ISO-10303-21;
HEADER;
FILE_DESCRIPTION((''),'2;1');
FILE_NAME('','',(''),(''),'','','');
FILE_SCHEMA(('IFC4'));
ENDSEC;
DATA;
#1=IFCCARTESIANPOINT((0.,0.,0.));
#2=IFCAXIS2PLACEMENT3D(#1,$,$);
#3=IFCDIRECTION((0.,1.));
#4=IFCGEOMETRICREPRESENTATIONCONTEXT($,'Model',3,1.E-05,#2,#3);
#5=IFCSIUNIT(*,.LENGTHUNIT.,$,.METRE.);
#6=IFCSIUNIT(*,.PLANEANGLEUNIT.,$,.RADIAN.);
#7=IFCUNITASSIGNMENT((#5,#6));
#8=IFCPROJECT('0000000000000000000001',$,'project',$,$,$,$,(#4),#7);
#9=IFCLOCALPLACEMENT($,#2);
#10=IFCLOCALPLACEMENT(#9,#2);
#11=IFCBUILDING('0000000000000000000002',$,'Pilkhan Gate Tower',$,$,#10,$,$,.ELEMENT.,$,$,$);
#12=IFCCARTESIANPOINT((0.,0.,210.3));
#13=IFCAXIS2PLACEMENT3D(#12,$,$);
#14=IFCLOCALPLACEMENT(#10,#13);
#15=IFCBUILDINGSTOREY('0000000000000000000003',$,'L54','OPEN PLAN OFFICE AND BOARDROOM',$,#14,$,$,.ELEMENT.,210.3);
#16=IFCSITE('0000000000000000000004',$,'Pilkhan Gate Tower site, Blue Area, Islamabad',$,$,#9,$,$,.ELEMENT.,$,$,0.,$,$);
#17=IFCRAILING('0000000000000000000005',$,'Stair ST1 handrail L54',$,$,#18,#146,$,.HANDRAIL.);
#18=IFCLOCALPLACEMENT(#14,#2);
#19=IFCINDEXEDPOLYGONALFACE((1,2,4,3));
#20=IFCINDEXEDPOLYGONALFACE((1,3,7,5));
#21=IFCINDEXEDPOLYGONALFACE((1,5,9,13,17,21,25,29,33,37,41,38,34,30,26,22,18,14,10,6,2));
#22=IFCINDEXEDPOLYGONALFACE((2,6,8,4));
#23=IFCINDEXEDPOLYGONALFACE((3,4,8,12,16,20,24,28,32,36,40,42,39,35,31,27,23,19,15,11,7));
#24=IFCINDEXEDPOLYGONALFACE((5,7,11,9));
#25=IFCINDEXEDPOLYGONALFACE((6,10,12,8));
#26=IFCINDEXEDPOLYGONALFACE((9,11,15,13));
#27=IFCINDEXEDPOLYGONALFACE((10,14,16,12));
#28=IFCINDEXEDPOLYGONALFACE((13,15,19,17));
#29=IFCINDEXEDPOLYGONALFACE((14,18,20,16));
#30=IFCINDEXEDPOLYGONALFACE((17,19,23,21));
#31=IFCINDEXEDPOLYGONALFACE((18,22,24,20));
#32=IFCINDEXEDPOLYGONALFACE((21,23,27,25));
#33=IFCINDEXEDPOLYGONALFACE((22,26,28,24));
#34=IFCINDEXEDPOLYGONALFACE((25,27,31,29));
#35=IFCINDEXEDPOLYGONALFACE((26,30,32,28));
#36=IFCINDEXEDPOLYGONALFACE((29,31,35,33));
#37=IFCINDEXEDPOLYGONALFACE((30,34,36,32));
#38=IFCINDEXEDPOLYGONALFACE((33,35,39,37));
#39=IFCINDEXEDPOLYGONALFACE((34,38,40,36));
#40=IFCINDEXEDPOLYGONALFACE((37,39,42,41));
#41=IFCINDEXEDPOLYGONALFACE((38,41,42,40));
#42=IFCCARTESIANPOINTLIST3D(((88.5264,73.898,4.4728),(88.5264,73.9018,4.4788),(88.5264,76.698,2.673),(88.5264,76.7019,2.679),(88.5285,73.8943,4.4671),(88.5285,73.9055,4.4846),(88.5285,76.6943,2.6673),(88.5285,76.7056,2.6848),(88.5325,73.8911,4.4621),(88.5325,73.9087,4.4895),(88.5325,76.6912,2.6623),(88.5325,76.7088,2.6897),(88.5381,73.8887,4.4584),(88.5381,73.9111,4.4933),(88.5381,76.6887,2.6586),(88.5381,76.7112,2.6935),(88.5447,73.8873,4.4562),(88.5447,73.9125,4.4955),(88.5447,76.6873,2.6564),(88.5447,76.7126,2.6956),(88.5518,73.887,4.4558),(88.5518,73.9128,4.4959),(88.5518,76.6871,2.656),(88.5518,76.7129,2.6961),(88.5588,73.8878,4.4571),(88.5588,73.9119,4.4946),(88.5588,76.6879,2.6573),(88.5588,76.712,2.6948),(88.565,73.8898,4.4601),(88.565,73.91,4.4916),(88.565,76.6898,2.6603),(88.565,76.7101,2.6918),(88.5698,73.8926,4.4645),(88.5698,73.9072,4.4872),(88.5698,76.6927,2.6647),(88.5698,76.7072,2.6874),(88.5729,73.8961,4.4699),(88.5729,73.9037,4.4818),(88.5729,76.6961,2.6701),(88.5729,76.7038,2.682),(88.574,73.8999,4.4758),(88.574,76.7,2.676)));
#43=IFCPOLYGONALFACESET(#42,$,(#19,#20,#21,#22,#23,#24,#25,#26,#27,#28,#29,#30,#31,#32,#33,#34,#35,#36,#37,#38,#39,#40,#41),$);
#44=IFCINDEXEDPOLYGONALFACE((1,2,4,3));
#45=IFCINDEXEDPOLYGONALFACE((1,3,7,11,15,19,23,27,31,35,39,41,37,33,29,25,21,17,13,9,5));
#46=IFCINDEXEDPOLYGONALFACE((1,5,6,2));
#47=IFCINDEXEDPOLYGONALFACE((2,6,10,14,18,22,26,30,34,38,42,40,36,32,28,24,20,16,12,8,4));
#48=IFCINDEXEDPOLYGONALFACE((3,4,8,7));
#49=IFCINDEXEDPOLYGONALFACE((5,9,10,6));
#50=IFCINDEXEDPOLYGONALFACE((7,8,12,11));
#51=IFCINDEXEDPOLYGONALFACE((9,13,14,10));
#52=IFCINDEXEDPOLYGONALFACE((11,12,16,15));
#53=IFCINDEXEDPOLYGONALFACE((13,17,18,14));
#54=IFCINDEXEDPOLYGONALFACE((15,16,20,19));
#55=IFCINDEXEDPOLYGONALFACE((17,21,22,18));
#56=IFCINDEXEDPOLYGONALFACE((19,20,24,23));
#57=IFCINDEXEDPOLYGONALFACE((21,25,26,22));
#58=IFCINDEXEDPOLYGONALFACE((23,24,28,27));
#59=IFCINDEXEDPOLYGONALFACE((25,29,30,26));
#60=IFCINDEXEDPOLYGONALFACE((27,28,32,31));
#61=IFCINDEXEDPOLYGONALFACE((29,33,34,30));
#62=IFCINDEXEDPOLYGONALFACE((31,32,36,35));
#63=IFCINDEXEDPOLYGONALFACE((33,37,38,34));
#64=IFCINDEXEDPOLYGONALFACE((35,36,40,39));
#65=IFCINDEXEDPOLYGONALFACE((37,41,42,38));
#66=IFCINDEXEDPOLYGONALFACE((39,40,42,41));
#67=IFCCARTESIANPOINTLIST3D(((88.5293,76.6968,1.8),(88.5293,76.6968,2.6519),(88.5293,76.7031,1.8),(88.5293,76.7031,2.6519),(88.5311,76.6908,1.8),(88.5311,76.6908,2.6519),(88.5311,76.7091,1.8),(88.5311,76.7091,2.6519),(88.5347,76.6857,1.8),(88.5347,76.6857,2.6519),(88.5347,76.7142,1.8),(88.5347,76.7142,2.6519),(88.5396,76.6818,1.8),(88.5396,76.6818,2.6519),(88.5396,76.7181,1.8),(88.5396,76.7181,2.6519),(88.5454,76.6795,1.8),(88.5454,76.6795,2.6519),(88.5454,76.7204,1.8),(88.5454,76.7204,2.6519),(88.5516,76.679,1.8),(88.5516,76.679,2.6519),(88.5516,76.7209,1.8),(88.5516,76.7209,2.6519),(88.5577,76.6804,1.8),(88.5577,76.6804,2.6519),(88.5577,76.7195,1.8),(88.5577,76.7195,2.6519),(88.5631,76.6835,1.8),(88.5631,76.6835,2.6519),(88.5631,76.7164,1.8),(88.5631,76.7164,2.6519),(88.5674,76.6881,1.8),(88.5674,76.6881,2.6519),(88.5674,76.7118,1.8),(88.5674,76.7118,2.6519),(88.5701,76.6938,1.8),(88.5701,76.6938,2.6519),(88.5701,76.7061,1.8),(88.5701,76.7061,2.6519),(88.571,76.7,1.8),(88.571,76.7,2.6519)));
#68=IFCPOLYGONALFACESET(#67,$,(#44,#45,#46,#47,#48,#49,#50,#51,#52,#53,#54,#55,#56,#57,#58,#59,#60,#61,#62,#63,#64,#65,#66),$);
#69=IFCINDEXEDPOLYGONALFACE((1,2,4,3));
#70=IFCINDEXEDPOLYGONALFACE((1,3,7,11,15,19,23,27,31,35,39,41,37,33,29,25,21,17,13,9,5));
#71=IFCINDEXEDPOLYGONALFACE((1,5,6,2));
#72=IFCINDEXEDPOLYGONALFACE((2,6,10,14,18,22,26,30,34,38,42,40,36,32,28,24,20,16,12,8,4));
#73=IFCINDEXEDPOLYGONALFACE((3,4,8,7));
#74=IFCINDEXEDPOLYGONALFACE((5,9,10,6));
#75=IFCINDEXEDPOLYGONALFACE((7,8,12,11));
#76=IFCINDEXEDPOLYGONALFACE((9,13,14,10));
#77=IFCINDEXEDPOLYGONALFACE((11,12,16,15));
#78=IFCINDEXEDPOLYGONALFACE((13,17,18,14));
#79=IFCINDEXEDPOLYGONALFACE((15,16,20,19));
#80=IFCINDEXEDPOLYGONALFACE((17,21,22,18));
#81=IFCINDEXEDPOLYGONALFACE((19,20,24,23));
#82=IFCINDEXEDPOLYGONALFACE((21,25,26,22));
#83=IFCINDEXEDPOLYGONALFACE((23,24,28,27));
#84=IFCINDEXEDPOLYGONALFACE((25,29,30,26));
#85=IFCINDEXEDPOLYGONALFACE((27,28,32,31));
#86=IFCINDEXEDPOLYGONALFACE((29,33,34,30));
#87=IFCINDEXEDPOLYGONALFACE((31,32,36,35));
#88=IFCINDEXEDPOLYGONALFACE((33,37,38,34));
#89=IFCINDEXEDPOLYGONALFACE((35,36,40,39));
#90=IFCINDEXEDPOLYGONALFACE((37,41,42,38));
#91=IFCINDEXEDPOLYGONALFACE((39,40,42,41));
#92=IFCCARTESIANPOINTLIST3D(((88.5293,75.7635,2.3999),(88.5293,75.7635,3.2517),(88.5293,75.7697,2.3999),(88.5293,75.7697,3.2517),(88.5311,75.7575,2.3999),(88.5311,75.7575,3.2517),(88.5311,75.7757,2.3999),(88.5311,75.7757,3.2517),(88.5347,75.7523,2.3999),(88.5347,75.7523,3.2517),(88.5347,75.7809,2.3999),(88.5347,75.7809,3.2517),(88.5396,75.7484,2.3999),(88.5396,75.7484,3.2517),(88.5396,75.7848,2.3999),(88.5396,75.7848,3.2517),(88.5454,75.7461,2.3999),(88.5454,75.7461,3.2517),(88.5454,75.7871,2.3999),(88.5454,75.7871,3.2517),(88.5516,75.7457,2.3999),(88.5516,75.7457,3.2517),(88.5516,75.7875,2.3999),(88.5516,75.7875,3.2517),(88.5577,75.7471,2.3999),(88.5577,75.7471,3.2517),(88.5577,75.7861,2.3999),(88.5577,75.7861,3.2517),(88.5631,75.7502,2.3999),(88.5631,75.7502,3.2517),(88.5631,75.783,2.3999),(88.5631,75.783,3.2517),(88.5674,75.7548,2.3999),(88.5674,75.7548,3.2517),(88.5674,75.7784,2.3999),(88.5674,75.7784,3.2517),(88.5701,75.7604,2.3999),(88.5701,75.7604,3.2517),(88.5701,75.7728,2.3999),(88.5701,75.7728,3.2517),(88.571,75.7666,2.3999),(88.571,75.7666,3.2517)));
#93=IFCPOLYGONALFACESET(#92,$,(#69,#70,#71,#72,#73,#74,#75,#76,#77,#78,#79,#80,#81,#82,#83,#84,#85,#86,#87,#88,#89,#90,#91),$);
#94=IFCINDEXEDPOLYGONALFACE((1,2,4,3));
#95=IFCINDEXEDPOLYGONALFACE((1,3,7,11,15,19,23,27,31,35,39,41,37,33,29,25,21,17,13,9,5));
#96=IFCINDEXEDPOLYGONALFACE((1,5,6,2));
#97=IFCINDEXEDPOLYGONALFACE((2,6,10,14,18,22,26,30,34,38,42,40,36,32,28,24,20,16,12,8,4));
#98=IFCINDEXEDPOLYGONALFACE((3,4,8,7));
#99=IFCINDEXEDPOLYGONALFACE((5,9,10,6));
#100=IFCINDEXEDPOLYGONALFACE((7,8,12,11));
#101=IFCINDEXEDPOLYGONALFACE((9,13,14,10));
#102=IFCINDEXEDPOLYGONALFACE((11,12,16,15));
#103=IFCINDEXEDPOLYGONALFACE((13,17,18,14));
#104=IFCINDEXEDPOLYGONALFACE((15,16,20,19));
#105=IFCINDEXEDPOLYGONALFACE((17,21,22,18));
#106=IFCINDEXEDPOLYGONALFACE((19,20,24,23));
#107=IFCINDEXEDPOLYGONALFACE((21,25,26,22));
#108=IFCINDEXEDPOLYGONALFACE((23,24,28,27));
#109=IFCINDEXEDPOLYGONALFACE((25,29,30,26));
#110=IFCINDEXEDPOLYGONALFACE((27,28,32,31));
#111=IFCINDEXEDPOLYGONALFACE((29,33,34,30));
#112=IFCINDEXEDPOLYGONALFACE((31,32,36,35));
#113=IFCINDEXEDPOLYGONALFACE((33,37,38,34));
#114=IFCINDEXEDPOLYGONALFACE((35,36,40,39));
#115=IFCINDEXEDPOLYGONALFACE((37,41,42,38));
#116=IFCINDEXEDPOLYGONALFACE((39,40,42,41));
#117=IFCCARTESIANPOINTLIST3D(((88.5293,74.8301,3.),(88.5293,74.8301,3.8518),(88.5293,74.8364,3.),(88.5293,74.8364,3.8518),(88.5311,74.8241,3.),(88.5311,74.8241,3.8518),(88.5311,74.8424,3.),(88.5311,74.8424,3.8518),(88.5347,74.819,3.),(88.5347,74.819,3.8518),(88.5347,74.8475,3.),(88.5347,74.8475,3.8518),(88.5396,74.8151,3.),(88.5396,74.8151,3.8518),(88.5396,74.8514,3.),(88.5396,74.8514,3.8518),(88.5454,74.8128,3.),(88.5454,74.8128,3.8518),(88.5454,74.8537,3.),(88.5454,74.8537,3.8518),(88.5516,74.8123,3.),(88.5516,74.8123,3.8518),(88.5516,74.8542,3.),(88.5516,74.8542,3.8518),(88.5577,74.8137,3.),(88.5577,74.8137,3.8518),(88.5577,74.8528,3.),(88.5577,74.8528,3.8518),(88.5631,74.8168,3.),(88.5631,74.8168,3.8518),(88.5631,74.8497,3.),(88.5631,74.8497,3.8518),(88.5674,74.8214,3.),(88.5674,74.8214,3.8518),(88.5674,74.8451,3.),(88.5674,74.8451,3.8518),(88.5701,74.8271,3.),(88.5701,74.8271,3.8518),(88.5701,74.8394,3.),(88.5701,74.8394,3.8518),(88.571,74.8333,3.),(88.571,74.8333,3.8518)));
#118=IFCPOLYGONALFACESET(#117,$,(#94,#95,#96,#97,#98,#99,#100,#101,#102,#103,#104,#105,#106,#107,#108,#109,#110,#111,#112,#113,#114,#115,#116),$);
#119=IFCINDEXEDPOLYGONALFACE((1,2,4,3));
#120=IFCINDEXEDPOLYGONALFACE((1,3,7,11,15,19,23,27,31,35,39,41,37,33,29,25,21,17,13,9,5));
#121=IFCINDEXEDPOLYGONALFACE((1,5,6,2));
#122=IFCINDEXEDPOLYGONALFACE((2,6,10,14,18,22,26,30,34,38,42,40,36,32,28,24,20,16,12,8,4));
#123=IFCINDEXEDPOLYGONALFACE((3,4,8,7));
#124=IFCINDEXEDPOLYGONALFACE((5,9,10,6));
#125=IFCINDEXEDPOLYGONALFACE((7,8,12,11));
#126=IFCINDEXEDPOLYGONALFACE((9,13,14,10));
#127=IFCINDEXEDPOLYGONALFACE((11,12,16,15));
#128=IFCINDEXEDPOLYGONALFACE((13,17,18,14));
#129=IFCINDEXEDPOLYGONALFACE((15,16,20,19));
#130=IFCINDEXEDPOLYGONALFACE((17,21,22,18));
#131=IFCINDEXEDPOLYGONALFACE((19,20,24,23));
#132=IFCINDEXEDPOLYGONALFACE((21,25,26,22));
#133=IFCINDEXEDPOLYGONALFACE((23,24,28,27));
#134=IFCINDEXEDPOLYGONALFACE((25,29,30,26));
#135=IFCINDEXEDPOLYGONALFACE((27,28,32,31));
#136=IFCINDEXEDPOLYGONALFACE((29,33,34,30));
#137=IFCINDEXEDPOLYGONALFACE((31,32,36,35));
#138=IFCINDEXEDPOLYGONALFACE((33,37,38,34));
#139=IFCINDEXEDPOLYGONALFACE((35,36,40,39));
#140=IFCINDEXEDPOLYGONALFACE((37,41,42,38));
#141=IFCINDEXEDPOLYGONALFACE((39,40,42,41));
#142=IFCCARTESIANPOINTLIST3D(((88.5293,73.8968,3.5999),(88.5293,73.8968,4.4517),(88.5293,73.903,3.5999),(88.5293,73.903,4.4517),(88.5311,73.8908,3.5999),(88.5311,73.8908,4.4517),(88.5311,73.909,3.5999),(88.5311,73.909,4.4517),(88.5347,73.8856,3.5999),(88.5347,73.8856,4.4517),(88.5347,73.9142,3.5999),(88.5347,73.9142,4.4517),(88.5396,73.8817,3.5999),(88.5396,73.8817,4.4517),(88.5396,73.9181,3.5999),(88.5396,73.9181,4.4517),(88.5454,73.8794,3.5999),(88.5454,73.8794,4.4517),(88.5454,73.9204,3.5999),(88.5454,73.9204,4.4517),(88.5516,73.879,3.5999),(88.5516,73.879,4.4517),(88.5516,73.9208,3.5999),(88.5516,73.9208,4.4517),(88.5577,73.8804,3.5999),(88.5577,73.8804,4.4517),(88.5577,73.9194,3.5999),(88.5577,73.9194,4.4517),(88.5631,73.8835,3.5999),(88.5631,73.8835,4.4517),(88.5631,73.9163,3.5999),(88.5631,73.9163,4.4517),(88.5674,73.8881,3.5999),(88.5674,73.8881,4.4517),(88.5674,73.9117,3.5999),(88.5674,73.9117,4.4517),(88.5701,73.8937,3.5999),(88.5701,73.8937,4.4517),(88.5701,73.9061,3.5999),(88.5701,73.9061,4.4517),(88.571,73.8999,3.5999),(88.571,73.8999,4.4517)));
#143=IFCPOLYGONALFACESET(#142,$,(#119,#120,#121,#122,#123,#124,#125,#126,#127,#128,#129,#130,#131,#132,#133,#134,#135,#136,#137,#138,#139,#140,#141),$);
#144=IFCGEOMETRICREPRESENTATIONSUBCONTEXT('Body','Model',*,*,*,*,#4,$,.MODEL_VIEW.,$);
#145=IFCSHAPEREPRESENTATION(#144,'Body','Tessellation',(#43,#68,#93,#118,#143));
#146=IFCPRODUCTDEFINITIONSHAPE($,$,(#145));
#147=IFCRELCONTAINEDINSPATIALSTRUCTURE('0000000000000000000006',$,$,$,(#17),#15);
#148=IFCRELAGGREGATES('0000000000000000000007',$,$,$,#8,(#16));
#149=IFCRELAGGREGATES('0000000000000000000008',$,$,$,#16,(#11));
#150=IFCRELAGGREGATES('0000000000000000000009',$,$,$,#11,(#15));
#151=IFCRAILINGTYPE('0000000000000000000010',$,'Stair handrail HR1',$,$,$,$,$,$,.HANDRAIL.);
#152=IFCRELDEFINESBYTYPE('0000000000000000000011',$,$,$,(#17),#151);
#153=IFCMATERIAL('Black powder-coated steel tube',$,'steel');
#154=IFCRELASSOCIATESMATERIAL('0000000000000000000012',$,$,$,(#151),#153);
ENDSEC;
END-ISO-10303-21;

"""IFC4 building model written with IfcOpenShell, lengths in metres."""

from ifc_helpers import new_model, si_unit, direction, frame, origin, origin_2d, place, context, subcontext, project, spatial, circle, extrude, material, type_object, element, save


model = new_model("IFC4")

# Units and contexts
model_context = context("Model", 3, precision=1e-05, world=origin(), true_north=direction((0.0, 1.0)))
body_context = subcontext(model_context, "Body", "Model", "MODEL_VIEW")
ifc_project = project(units=[si_unit("LENGTHUNIT", "METRE"), si_unit("PLANEANGLEUNIT", "RADIAN")], contexts=[model_context])

# Site, building, storey
site_placement = place(None, origin())
site = spatial("IfcSite", under=ifc_project, at=site_placement, Name="Pilkhan Gate Tower site, Blue Area, Islamabad", CompositionType="ELEMENT", RefElevation=0.0)
building_placement = place(site_placement, origin())
building = spatial("IfcBuilding", under=site, at=building_placement, Name="Pilkhan Gate Tower", CompositionType="ELEMENT")
storey_placement = place(building_placement, frame((0.0, 0.0, 210.3)))
storey = spatial("IfcBuildingStorey", under=building, at=storey_placement, Name="L54", Description="OPEN PLAN OFFICE AND BOARDROOM", CompositionType="ELEMENT", Elevation=210.3)

# Railing
ifc_material_1 = material(Name="Black powder-coated steel tube", Category="steel")
railing_type_1 = type_object("IfcRailingType", Name="Stair handrail HR1", PredefinedType="HANDRAIL", material=ifc_material_1)
for number, where, name in (
    (1, (88.55, 76.7, 1.8), "Stair ST1 handrail L54"),
):
    element("IfcRailing", number, at=place(storey_placement, frame(where)), inside=storey, type_object=railing_type_1, Name=name, PredefinedType="HANDRAIL", context=body_context, shape_type="SweptSolid", body=[
        extrude(circle(Radius=0.0239, at=origin_2d()), frame((0.0, 0.0, 0.876), z_axis=(0.0, -0.841209, 0.540709), x_axis=(1.0, 0.0, 0.0)), (0.0, 0.0, 1.0), 3.3286),
        extrude(circle(Radius=0.021, at=origin_2d()), origin(), (0.0, 0.0, 1.0), 0.8518),
        extrude(circle(Radius=0.021, at=origin_2d()), frame((0.0, -0.9333, 0.5999)), (0.0, 0.0, 1.0), 0.8518),
        extrude(circle(Radius=0.021, at=origin_2d()), frame((0.0, -1.8667, 1.2)), (0.0, 0.0, 1.0), 0.8518),
        extrude(circle(Radius=0.021, at=origin_2d()), frame((0.0, -2.8, 1.7998)), (0.0, 0.0, 1.0), 0.8518),
    ])

save(model, "model.ifc")
